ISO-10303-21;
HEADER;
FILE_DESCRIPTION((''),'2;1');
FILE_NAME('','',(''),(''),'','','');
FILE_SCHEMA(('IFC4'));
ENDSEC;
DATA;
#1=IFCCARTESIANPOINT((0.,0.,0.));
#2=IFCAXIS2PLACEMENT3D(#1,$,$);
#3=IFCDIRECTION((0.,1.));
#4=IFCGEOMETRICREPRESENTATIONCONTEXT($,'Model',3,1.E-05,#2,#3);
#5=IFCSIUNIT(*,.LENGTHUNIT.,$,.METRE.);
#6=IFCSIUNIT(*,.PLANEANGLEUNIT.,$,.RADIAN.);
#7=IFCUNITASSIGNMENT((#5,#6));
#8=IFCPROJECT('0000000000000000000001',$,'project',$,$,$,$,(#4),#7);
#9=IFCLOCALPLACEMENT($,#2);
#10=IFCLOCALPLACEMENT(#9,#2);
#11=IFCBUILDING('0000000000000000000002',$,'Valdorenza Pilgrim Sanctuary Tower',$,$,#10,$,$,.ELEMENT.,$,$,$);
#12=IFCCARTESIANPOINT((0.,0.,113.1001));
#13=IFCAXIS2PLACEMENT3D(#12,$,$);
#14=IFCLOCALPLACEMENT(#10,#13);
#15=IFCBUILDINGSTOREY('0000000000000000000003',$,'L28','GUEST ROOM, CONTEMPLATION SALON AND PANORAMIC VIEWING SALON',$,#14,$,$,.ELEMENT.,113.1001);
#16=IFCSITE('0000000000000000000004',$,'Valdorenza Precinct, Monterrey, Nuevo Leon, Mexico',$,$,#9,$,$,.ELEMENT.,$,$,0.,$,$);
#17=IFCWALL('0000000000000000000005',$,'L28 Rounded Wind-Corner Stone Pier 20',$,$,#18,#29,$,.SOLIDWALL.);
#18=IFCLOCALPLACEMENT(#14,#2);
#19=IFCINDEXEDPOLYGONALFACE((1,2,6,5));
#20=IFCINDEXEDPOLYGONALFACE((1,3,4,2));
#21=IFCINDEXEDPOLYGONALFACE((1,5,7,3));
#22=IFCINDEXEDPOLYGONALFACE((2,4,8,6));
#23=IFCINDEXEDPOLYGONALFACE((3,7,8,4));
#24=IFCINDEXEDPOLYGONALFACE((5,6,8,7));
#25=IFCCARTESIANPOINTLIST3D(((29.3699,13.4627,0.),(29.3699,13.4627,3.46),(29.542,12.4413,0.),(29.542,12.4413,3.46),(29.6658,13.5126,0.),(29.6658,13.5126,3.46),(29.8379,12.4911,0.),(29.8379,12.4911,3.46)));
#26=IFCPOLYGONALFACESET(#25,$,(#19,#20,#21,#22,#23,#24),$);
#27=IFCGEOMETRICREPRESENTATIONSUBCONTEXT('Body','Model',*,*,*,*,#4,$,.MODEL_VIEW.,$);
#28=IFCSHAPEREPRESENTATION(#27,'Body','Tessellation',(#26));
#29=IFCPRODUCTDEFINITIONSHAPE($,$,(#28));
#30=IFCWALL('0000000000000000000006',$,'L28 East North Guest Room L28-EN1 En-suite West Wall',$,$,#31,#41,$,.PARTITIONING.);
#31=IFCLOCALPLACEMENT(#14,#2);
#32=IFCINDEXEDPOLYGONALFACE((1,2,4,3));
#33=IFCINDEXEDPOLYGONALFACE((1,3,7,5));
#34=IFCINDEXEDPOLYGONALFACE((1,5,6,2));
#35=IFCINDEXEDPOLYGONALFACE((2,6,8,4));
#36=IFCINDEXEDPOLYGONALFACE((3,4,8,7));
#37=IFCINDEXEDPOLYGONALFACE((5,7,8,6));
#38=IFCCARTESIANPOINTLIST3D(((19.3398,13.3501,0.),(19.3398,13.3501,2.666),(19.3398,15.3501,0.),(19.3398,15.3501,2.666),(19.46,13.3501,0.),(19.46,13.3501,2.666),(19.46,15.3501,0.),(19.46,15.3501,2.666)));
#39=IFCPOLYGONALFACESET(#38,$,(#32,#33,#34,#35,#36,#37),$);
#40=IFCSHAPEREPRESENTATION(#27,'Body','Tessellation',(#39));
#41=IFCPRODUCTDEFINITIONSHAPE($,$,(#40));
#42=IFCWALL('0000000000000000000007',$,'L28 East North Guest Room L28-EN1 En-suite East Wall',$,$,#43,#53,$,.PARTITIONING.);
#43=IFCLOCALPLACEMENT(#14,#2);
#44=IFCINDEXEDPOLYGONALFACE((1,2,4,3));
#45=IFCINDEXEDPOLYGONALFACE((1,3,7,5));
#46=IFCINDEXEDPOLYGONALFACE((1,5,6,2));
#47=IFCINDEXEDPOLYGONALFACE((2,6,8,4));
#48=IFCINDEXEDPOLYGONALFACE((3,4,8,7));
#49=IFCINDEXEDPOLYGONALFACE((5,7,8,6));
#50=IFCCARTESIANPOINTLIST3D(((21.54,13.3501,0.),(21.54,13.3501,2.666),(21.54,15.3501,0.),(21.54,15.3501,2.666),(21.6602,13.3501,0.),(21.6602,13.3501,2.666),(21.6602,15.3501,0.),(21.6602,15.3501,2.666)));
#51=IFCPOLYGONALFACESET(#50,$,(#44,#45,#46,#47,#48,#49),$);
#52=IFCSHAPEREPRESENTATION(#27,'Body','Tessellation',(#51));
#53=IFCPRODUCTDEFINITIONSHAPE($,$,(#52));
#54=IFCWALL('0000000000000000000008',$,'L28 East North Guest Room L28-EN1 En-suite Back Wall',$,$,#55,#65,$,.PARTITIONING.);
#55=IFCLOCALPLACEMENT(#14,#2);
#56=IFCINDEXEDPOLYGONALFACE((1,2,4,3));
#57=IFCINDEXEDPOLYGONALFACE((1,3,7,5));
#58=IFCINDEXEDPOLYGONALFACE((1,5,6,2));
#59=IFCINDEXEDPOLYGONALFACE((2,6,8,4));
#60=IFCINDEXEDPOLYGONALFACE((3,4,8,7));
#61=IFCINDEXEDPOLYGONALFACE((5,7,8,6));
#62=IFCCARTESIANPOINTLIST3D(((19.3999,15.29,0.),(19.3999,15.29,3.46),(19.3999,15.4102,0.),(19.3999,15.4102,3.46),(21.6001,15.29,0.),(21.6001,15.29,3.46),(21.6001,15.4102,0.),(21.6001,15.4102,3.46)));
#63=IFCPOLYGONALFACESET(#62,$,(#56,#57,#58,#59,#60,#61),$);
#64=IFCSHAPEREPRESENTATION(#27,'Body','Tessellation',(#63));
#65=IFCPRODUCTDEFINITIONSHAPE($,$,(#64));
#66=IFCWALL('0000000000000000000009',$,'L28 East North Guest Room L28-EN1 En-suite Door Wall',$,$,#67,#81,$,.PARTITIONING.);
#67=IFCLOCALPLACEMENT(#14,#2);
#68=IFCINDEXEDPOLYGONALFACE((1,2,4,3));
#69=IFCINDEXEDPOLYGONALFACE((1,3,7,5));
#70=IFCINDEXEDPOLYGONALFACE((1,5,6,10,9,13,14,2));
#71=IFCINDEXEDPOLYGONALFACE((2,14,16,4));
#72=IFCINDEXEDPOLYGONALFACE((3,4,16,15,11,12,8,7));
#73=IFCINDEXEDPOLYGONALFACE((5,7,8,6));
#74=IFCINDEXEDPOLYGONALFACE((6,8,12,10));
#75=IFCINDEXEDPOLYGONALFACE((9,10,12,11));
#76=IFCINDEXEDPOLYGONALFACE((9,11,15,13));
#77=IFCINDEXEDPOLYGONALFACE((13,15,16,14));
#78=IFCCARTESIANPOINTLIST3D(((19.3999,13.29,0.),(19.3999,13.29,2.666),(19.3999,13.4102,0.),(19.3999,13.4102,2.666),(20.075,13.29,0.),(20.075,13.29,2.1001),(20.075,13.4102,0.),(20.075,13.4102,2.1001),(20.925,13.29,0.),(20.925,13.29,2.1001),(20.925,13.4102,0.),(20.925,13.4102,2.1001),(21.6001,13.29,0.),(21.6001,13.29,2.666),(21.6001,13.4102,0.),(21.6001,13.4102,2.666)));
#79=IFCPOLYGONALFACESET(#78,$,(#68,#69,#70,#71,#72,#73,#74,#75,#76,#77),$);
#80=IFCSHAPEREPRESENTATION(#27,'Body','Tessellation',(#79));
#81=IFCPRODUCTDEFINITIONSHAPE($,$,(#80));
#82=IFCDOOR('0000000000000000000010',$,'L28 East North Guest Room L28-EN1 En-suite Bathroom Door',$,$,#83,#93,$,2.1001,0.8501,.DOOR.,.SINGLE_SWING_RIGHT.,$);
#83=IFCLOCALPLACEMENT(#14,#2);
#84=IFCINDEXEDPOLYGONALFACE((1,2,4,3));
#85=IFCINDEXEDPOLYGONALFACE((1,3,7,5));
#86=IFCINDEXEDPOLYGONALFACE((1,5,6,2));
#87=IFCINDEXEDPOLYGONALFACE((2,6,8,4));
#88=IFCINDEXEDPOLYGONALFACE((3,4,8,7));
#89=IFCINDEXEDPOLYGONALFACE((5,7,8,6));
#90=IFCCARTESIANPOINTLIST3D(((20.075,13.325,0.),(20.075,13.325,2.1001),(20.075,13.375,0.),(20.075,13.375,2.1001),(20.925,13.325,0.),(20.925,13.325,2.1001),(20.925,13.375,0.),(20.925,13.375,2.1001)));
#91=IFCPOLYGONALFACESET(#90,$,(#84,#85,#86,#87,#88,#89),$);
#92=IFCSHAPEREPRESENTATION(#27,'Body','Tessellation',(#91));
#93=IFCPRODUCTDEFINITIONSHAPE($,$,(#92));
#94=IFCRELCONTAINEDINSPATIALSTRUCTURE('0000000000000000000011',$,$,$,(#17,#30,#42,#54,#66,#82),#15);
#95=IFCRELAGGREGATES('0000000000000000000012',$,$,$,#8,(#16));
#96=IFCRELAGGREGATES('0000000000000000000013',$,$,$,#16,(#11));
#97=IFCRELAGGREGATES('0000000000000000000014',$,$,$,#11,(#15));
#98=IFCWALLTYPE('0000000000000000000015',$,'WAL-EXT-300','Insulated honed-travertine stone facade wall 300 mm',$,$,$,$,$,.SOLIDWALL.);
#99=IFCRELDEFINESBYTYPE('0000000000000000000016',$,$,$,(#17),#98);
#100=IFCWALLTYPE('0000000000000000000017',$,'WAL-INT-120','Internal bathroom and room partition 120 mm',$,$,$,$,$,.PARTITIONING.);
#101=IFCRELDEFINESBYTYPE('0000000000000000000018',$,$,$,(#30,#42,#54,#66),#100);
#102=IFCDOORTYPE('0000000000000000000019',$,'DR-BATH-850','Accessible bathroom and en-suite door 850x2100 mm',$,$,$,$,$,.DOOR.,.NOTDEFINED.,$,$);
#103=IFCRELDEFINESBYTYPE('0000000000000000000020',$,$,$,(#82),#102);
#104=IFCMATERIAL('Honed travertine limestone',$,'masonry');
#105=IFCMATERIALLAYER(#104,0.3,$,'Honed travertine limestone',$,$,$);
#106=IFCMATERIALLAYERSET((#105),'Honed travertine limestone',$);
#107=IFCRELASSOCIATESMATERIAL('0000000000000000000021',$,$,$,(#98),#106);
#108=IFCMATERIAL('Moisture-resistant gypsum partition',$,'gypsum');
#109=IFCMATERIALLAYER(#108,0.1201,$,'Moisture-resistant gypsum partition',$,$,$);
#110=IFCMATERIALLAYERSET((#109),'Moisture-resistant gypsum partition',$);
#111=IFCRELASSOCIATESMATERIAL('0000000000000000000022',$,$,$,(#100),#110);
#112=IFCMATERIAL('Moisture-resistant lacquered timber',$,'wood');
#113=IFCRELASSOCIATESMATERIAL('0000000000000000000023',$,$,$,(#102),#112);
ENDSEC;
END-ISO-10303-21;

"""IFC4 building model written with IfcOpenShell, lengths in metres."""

from ifc_helpers import new_model, si_unit, direction, frame, frame_2d, origin, place, context, subcontext, project, spatial, rectangle, extrude, material, layer, layer_set, type_object, element, fill, save


model = new_model("IFC4")

# Units and contexts
model_context = context("Model", 3, precision=1e-05, world=origin(), true_north=direction((0.0, 1.0)))
body_context = subcontext(model_context, "Body", "Model", "MODEL_VIEW")
ifc_project = project(units=[si_unit("LENGTHUNIT", "METRE"), si_unit("PLANEANGLEUNIT", "RADIAN")], contexts=[model_context])

# Site, building, storey
site_placement = place(None, origin())
site = spatial("IfcSite", under=ifc_project, at=site_placement, Name="Valdorenza Precinct, Monterrey, Nuevo Leon, Mexico", CompositionType="ELEMENT", RefElevation=0.0)
building_placement = place(site_placement, origin())
building = spatial("IfcBuilding", under=site, at=building_placement, Name="Valdorenza Pilgrim Sanctuary Tower", CompositionType="ELEMENT")
storey_placement = place(building_placement, frame((0.0, 0.0, 113.1001)))
storey = spatial("IfcBuildingStorey", under=building, at=storey_placement, Name="L28", Description="GUEST ROOM, CONTEMPLATION SALON AND PANORAMIC VIEWING SALON", CompositionType="ELEMENT", Elevation=113.1001)

# Shared definitions
ifc_material_1 = material(Name="Honed travertine limestone", Category="masonry")

# Walls
ifc_layer_1 = layer(ifc_material_1, 0.3, Name="Honed travertine limestone")
ifc_layer_set_1 = layer_set([ifc_layer_1], Name="Honed travertine limestone")
wall_type_1 = type_object("IfcWallType", Name="WAL-EXT-300", Description="Insulated honed-travertine stone facade wall 300 mm", PredefinedType="SOLIDWALL", material=ifc_layer_set_1)
wall_1_placement = place(storey_placement, frame((29.5178, 13.4878, 0.0), z_axis=(0.0, 0.0, 1.0), x_axis=(0.166157, -0.986099, 0.0)))
element("IfcWall", 1, at=wall_1_placement, inside=storey, type_object=wall_type_1, Name="L28 Rounded Wind-Corner Stone Pier 20", PredefinedType="SOLIDWALL", context=body_context, shape_type="SweptSolid", body=[
    extrude(rectangle(XDim=1.0359, YDim=0.3, at=frame_2d((0.5181, 0.0))), origin(), (0.0, 0.0, 1.0), 3.46),
])
ifc_material_2 = material(Name="Moisture-resistant gypsum partition", Category="gypsum")
ifc_layer_2 = layer(ifc_material_2, 0.1201, Name="Moisture-resistant gypsum partition")
ifc_layer_set_2 = layer_set([ifc_layer_2], Name="Moisture-resistant gypsum partition")
wall_type_2 = type_object("IfcWallType", Name="WAL-INT-120", Description="Internal bathroom and room partition 120 mm", PredefinedType="PARTITIONING", material=ifc_layer_set_2)
for number, where, z_axis, x_axis, name in (
    (2, (19.3999, 13.3501, 0.0), (0.0, 0.0, 1.0), (0.0, 1.0, 0.0), "L28 East North Guest Room L28-EN1 En-suite West Wall"),
    (3, (21.6001, 13.3501, 0.0), (0.0, 0.0, 1.0), (0.0, 1.0, 0.0), "L28 East North Guest Room L28-EN1 En-suite East Wall"),
):
    element("IfcWall", number, at=place(storey_placement, frame(where, z_axis=z_axis, x_axis=x_axis)), inside=storey, type_object=wall_type_2, Name=name, PredefinedType="PARTITIONING", context=body_context, shape_type="SweptSolid", body=[
        extrude(rectangle(XDim=2.0, YDim=0.1201, at=frame_2d((1.0, 0.0))), origin(), (0.0, 0.0, 1.0), 2.666),
    ])
wall_2_placement = place(storey_placement, frame((19.3999, 15.3501, 0.0), z_axis=(0.0, 0.0, 1.0), x_axis=(1.0, 0.0, 0.0)))
element("IfcWall", 4, at=wall_2_placement, inside=storey, type_object=wall_type_2, Name="L28 East North Guest Room L28-EN1 En-suite Back Wall", PredefinedType="PARTITIONING", context=body_context, shape_type="SweptSolid", body=[
    extrude(rectangle(XDim=2.2002, YDim=0.1201, at=frame_2d((1.1001, 0.0))), origin(), (0.0, 0.0, 1.0), 3.46),
])

# Wall, opening, door
wall_3_placement = place(storey_placement, frame((19.3999, 13.3501, 0.0), z_axis=(0.0, 0.0, 1.0), x_axis=(1.0, 0.0, 0.0)))
wall_3 = element("IfcWall", 5, at=wall_3_placement, inside=storey, type_object=wall_type_2, Name="L28 East North Guest Room L28-EN1 En-suite Door Wall", PredefinedType="PARTITIONING", context=body_context, shape_type="SweptSolid", body=[
    extrude(rectangle(XDim=2.2002, YDim=0.1201, at=frame_2d((1.1001, 0.0))), origin(), (0.0, 0.0, 1.0), 2.666),
])
opening_1_placement = place(wall_3_placement, frame((0.675, 0.0, 0.0)))
opening_1 = element("IfcOpeningElement", 6, at=opening_1_placement, cuts=wall_3, PredefinedType="OPENING", context=body_context, shape_type="SweptSolid", body=[
    extrude(rectangle(XDim=0.8501, YDim=2.1001, at=frame_2d((0.425, 1.05))), frame((0.0, 0.075, 0.0), z_axis=(0.0, -1.0, 0.0), x_axis=(1.0, 0.0, 0.0)), (0.0, 0.0, 1.0), 0.1499),
])
ifc_material_3 = material(Name="Moisture-resistant lacquered timber", Category="wood")
door_type_1 = type_object("IfcDoorType", Name="DR-BATH-850", Description="Accessible bathroom and en-suite door 850x2100 mm", OperationType="NOTDEFINED", PredefinedType="DOOR", material=ifc_material_3)
door_1_placement = place(opening_1_placement, origin())
door_1 = element("IfcDoor", 7, at=door_1_placement, inside=storey, type_object=door_type_1, Name="L28 East North Guest Room L28-EN1 En-suite Bathroom Door", OperationType="SINGLE_SWING_RIGHT", OverallHeight=2.1001, OverallWidth=0.8501, PredefinedType="DOOR", context=body_context, shape_type="SweptSolid", body=[
    extrude(rectangle(XDim=0.8501, YDim=2.1001, at=frame_2d((0.425, 1.05))), frame((0.0, 0.0249, 0.0), z_axis=(0.0, -1.0, 0.0), x_axis=(1.0, 0.0, 0.0)), (0.0, 0.0, 1.0), 0.05),
])
fill(opening_1, door_1)

save(model, "model.ifc")
